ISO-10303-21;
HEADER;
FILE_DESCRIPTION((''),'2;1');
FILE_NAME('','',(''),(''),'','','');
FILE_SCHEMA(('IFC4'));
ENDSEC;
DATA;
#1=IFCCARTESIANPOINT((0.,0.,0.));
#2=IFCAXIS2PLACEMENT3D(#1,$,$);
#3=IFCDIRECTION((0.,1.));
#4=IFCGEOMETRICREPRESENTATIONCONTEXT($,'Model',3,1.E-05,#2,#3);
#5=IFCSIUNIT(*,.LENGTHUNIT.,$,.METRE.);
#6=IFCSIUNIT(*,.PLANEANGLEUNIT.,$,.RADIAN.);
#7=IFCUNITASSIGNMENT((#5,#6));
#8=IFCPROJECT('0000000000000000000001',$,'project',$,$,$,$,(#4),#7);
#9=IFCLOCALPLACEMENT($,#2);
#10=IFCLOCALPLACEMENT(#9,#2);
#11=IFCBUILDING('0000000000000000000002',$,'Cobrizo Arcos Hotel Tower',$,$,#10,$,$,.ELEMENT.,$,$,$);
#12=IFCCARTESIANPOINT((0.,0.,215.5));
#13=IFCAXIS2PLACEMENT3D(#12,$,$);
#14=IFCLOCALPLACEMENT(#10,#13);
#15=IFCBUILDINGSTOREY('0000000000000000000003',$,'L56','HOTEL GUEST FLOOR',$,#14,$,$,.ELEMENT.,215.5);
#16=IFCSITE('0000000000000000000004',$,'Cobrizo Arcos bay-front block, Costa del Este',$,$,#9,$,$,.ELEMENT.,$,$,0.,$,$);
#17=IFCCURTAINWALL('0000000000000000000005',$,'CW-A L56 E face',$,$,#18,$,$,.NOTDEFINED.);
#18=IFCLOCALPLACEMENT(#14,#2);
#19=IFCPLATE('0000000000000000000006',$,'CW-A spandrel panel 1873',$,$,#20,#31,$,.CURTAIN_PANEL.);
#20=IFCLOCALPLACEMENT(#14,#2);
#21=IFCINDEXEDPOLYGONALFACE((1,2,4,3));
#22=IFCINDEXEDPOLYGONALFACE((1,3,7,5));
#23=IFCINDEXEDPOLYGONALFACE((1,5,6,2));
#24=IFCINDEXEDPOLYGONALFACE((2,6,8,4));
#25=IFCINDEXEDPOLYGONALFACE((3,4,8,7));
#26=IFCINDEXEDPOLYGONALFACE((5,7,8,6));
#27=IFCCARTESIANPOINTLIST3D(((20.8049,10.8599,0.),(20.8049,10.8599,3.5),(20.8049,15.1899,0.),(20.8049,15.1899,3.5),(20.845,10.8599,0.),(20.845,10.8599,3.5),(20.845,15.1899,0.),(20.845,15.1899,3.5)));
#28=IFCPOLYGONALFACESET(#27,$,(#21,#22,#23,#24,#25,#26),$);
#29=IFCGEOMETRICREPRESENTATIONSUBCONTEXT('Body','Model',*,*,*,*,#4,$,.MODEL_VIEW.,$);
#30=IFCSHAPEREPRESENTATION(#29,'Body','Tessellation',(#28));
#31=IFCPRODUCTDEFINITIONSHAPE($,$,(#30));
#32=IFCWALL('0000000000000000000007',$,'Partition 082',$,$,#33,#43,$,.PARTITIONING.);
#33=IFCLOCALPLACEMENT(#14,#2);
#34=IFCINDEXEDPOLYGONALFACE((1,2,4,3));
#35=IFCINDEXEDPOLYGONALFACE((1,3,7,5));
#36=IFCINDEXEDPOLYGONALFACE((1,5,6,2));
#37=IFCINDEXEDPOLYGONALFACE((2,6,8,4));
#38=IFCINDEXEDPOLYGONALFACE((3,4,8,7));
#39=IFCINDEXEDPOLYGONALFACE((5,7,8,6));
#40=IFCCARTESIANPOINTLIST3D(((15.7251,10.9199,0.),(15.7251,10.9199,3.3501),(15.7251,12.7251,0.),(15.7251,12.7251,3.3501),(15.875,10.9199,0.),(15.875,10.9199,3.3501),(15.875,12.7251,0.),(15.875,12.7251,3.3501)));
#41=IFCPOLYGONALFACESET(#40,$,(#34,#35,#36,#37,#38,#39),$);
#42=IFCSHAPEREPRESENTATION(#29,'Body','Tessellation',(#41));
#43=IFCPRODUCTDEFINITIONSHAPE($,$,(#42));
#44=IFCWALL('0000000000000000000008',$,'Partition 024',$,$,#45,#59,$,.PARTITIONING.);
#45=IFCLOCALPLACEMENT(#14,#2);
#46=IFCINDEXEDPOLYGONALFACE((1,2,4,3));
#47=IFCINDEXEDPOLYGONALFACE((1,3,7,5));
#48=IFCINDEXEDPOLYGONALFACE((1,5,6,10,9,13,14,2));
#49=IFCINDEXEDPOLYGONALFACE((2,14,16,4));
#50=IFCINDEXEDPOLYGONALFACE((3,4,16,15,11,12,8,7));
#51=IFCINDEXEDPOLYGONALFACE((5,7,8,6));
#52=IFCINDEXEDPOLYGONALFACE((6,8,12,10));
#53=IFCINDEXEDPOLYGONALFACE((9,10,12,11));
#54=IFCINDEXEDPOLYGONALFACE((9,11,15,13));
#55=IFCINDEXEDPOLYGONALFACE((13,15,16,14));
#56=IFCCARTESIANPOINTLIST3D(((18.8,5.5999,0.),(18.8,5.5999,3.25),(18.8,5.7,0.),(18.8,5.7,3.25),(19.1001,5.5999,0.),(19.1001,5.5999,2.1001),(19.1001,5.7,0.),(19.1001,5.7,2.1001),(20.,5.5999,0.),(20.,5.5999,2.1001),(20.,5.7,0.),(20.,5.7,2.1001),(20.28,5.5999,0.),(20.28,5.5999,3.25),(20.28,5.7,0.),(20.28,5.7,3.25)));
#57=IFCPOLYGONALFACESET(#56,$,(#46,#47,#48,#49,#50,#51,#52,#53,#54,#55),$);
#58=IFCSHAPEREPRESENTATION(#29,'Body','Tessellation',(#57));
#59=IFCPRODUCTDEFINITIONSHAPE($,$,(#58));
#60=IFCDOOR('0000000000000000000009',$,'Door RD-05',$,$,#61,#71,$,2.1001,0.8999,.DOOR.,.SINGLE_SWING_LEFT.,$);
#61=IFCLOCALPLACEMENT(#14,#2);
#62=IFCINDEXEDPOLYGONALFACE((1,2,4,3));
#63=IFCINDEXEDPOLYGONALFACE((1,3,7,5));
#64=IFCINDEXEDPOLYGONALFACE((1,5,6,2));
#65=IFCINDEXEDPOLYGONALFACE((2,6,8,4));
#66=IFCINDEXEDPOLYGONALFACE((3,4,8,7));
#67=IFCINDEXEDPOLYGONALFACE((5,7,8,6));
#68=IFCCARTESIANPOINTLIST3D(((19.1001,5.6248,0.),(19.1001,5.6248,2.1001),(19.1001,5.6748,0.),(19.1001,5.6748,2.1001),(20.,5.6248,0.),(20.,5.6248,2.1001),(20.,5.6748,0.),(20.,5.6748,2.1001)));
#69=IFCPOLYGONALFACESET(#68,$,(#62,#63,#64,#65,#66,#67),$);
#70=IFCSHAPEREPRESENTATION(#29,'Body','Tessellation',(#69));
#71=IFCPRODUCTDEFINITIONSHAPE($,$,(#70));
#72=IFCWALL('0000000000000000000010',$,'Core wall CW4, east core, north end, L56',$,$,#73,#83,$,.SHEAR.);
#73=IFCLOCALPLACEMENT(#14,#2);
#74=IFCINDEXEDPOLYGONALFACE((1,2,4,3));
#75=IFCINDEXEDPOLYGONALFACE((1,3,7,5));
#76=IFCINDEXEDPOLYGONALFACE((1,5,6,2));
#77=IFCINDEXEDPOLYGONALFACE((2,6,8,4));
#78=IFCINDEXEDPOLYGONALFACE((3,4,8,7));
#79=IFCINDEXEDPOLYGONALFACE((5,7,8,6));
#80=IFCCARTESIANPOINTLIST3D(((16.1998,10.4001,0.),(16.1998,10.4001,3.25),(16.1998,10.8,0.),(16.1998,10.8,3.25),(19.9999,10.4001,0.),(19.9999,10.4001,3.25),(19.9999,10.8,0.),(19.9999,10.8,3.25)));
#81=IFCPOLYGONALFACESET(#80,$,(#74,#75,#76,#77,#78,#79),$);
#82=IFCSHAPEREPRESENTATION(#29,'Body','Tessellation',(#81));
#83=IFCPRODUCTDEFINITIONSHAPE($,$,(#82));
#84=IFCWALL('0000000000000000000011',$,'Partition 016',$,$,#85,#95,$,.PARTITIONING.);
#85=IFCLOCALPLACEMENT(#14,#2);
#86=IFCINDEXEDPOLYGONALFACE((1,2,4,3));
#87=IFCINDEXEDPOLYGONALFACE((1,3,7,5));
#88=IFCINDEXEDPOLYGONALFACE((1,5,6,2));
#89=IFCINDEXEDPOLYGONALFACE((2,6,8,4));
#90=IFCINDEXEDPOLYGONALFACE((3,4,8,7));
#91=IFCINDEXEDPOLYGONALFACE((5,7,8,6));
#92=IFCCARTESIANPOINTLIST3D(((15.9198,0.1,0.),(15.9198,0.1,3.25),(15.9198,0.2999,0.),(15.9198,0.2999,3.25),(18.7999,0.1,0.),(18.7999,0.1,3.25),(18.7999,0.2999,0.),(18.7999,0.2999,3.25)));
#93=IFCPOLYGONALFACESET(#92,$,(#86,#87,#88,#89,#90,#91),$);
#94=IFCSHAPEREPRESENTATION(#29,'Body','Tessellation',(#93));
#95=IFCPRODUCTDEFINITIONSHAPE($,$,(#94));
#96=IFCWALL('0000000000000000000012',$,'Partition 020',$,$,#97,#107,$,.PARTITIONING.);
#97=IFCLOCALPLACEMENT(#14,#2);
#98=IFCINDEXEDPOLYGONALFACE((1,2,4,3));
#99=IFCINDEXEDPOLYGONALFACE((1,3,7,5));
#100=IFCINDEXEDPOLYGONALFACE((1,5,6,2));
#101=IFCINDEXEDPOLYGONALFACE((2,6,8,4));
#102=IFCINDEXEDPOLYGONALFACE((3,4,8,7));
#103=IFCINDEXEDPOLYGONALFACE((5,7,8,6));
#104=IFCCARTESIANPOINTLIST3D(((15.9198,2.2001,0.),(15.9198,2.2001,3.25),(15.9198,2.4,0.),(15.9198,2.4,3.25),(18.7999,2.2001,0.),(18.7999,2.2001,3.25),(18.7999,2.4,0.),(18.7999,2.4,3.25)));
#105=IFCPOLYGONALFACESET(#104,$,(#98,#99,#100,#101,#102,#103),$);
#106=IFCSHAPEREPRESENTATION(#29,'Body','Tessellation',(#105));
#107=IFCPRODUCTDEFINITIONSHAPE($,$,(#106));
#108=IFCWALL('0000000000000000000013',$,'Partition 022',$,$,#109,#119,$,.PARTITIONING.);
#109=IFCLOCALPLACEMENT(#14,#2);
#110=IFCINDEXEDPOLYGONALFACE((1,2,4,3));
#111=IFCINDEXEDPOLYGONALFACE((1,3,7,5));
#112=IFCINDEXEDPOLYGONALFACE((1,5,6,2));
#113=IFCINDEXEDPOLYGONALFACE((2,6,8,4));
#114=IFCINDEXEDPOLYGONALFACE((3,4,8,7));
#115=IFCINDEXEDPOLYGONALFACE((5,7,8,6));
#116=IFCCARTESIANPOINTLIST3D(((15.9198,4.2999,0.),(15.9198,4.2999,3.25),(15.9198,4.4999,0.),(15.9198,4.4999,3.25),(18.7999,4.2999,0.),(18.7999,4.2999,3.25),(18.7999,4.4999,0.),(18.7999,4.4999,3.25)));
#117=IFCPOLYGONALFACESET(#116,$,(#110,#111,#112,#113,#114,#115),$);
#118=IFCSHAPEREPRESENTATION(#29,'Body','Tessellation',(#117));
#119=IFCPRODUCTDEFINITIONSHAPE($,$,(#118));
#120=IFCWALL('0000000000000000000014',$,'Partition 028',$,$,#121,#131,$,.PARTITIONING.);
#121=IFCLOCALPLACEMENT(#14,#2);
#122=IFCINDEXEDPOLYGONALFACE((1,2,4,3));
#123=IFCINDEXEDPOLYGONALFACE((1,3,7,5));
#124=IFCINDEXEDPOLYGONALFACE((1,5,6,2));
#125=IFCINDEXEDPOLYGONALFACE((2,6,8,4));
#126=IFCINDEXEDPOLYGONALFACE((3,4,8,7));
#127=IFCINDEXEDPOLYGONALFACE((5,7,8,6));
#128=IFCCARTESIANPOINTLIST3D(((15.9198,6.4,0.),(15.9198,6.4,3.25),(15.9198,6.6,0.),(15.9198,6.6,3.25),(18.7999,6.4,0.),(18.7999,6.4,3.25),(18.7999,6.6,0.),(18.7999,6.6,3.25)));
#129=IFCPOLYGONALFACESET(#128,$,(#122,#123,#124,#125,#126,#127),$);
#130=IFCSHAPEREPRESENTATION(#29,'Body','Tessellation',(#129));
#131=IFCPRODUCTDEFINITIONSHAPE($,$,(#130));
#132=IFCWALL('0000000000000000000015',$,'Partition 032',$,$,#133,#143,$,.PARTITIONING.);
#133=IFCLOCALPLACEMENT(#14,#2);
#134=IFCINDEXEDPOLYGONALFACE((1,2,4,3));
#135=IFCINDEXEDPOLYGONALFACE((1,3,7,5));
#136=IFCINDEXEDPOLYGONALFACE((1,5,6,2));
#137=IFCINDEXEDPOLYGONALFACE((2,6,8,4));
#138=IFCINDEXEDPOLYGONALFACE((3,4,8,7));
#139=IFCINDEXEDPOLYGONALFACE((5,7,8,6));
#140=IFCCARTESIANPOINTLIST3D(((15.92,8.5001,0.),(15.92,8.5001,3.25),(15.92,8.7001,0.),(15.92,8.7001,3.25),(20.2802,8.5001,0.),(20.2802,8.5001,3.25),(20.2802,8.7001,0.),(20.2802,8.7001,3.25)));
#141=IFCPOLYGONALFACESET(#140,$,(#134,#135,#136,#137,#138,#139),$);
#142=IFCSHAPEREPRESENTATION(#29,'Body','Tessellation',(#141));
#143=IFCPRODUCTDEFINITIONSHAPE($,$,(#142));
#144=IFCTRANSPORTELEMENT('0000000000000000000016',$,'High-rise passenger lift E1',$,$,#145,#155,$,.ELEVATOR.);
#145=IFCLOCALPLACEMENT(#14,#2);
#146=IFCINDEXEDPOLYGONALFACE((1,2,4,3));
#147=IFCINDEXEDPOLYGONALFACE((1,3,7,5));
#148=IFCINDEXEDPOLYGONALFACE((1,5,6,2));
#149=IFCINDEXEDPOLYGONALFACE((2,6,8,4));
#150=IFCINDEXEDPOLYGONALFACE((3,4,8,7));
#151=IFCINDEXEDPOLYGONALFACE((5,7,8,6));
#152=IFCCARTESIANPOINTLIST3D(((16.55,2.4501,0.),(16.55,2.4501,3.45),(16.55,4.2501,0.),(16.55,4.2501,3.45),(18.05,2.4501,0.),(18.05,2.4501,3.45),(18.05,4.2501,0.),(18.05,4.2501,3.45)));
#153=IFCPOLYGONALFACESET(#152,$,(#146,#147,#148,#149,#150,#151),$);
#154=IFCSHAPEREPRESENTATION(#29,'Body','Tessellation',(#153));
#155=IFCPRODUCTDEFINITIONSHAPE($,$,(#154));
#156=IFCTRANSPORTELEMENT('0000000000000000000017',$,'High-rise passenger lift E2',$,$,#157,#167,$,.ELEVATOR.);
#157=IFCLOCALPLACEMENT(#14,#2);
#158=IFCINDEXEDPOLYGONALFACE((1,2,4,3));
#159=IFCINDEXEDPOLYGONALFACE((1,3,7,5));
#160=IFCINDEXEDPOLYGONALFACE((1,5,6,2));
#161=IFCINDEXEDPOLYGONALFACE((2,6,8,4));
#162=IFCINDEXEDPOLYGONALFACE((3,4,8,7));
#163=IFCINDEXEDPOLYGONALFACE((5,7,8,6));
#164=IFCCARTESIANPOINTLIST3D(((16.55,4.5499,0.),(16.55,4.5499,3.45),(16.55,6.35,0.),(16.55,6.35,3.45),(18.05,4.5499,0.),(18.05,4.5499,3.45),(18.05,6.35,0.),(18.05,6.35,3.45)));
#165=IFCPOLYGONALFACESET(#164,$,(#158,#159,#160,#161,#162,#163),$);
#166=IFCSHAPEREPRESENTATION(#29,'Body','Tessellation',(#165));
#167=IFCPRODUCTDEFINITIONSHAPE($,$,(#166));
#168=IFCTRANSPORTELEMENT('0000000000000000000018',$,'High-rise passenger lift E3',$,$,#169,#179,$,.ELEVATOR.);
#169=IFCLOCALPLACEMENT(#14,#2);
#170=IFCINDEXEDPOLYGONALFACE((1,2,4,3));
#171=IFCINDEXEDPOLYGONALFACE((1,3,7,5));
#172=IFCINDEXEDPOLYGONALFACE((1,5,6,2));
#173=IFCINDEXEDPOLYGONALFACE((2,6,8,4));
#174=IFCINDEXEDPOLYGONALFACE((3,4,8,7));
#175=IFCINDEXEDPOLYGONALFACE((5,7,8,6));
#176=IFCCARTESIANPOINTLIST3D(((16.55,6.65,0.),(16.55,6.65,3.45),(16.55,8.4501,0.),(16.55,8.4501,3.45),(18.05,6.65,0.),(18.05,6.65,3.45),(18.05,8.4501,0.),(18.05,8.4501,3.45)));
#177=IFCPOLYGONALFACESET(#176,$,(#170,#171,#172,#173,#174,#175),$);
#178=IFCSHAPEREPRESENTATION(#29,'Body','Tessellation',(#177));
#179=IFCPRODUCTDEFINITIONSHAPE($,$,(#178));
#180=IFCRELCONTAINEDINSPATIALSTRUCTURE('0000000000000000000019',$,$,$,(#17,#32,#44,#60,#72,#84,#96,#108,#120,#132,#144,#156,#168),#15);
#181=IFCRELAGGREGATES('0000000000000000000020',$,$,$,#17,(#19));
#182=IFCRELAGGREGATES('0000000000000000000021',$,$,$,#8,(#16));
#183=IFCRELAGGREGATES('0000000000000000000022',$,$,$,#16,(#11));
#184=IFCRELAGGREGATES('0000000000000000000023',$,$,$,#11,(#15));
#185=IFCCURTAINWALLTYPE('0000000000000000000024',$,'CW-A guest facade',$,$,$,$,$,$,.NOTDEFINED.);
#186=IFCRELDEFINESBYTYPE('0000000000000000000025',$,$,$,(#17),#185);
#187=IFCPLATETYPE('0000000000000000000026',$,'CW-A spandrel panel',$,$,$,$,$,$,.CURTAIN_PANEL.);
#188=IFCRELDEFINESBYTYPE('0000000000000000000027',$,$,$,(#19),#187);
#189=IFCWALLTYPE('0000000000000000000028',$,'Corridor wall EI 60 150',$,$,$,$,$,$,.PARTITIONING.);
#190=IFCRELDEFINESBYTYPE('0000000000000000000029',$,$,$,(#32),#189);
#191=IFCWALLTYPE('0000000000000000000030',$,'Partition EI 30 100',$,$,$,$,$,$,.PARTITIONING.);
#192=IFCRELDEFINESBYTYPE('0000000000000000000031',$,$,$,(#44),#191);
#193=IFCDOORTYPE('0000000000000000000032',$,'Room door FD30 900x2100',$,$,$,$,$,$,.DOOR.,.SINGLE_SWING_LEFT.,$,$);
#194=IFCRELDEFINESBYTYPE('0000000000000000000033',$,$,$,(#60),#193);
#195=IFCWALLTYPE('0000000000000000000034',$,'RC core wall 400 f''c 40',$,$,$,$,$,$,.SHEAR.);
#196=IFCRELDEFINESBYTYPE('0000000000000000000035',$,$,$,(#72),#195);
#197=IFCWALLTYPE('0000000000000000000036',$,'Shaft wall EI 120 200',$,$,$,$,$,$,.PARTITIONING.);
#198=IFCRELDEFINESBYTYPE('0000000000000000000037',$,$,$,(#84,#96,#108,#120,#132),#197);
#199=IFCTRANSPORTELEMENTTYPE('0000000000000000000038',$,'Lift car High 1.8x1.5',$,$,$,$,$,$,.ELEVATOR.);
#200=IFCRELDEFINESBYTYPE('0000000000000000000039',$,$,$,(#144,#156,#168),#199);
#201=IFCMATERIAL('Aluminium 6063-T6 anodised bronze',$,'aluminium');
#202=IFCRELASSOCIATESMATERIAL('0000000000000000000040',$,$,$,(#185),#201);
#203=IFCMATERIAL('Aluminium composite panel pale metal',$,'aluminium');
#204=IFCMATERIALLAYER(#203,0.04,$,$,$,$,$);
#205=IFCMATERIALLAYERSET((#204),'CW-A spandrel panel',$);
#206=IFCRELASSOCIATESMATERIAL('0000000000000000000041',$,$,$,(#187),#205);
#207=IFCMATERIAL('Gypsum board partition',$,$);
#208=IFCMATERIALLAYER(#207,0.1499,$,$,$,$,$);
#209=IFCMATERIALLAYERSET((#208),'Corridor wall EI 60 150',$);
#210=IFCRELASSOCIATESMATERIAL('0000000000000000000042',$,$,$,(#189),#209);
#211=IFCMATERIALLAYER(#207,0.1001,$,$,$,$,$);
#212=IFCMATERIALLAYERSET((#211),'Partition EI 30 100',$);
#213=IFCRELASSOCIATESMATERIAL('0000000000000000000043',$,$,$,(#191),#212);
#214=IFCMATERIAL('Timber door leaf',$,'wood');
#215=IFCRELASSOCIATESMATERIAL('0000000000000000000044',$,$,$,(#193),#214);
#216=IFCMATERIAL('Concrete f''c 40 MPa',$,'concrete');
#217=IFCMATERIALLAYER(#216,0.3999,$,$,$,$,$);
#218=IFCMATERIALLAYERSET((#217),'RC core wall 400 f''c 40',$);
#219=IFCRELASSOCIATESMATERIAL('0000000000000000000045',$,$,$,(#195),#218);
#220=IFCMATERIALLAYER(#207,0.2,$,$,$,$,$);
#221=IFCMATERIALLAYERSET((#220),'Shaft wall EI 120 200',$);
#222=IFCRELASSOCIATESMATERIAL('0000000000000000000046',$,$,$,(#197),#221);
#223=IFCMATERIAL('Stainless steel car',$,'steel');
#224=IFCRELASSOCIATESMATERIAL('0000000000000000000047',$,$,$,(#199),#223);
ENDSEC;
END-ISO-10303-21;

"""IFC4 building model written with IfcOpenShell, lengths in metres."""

from ifc_helpers import new_model, si_unit, direction, frame, frame_2d, origin, origin_2d, place, context, subcontext, project, spatial, rectangle, extrude, material, layer, layer_set, type_object, element, fill, aggregate, save


model = new_model("IFC4")

# Units and contexts
model_context = context("Model", 3, precision=1e-05, world=origin(), true_north=direction((0.0, 1.0)))
body_context = subcontext(model_context, "Body", "Model", "MODEL_VIEW")
ifc_project = project(units=[si_unit("LENGTHUNIT", "METRE"), si_unit("PLANEANGLEUNIT", "RADIAN")], contexts=[model_context])

# Site, building, storey
site_placement = place(None, origin())
site = spatial("IfcSite", under=ifc_project, at=site_placement, Name="Cobrizo Arcos bay-front block, Costa del Este", CompositionType="ELEMENT", RefElevation=0.0)
building_placement = place(site_placement, origin())
building = spatial("IfcBuilding", under=site, at=building_placement, Name="Cobrizo Arcos Hotel Tower", CompositionType="ELEMENT")
storey_placement = place(building_placement, frame((0.0, 0.0, 215.5)))
storey = spatial("IfcBuildingStorey", under=building, at=storey_placement, Name="L56", Description="HOTEL GUEST FLOOR", CompositionType="ELEMENT", Elevation=215.5)

# Curtain wall
ifc_material_1 = material(Name="Aluminium 6063-T6 anodised bronze", Category="aluminium")
curtain_wall_type = type_object("IfcCurtainWallType", Name="CW-A guest facade", PredefinedType="NOTDEFINED", material=ifc_material_1)
curtain_wall_placement = place(storey_placement, origin())
curtain_wall = element("IfcCurtainWall", 1, at=curtain_wall_placement, inside=storey, type_object=curtain_wall_type, Name="CW-A L56 E face", PredefinedType="NOTDEFINED")

# Plate
ifc_material_2 = material(Name="Aluminium composite panel pale metal", Category="aluminium")
ifc_layer_1 = layer(ifc_material_2, 0.04)
ifc_layer_set_1 = layer_set([ifc_layer_1], Name="CW-A spandrel panel")
plate_type = type_object("IfcPlateType", Name="CW-A spandrel panel", PredefinedType="CURTAIN_PANEL", material=ifc_layer_set_1)
plate_placement = place(storey_placement, frame((20.825, 13.0249, 0.0), z_axis=(0.0, 0.0, 1.0), x_axis=(0.0, 1.0, 0.0)))
plate = element("IfcPlate", 2, at=plate_placement, type_object=plate_type, Name="CW-A spandrel panel 1873", PredefinedType="CURTAIN_PANEL", context=body_context, shape_type="SweptSolid", body=[
    extrude(rectangle(XDim=4.3301, YDim=0.04, at=origin_2d()), origin(), (0.0, 0.0, 1.0), 3.5),
])
aggregate(curtain_wall, [plate])

# Wall
ifc_material_3 = material(Name="Gypsum board partition")
ifc_layer_2 = layer(ifc_material_3, 0.1499)
ifc_layer_set_2 = layer_set([ifc_layer_2], Name="Corridor wall EI 60 150")
wall_type_1 = type_object("IfcWallType", Name="Corridor wall EI 60 150", PredefinedType="PARTITIONING", material=ifc_layer_set_2)
wall_1_placement = place(storey_placement, frame((15.8, 10.9199, 0.0), z_axis=(0.0, 0.0, 1.0), x_axis=(0.0, 1.0, 0.0)))
element("IfcWall", 3, at=wall_1_placement, inside=storey, type_object=wall_type_1, Name="Partition 082", PredefinedType="PARTITIONING", context=body_context, shape_type="SweptSolid", body=[
    extrude(rectangle(XDim=1.8052, YDim=0.1499, at=frame_2d((0.9026, 0.0))), origin(), (0.0, 0.0, 1.0), 3.3501),
])

# Wall, opening, door
ifc_layer_3 = layer(ifc_material_3, 0.1001)
ifc_layer_set_3 = layer_set([ifc_layer_3], Name="Partition EI 30 100")
wall_type_2 = type_object("IfcWallType", Name="Partition EI 30 100", PredefinedType="PARTITIONING", material=ifc_layer_set_3)
wall_2_placement = place(storey_placement, frame((18.8, 5.6499, 0.0), z_axis=(0.0, 0.0, 1.0), x_axis=(1.0, 0.0, 0.0)))
wall_2 = element("IfcWall", 4, at=wall_2_placement, inside=storey, type_object=wall_type_2, Name="Partition 024", PredefinedType="PARTITIONING", context=body_context, shape_type="SweptSolid", body=[
    extrude(rectangle(XDim=1.48, YDim=0.1001, at=frame_2d((0.74, 0.0))), origin(), (0.0, 0.0, 1.0), 3.25),
])
opening_placement = place(wall_2_placement, frame((0.3, 0.0, 0.0)))
opening = element("IfcOpeningElement", 5, at=opening_placement, cuts=wall_2, PredefinedType="OPENING", context=body_context, shape_type="SweptSolid", body=[
    extrude(rectangle(XDim=0.8999, YDim=2.1001, at=frame_2d((0.45, 1.05))), frame((0.0, 0.062, 0.0), z_axis=(0.0, -1.0, 0.0), x_axis=(1.0, 0.0, 0.0)), (0.0, 0.0, 1.0), 0.124),
])
ifc_material_4 = material(Name="Timber door leaf", Category="wood")
door_type = type_object("IfcDoorType", Name="Room door FD30 900x2100", OperationType="SINGLE_SWING_LEFT", PredefinedType="DOOR", material=ifc_material_4)
door_placement = place(opening_placement, origin())
door = element("IfcDoor", 6, at=door_placement, inside=storey, type_object=door_type, Name="Door RD-05", OperationType="SINGLE_SWING_LEFT", OverallHeight=2.1001, OverallWidth=0.8999, PredefinedType="DOOR", context=body_context, shape_type="SweptSolid", body=[
    extrude(rectangle(XDim=0.8999, YDim=2.1001, at=frame_2d((0.45, 1.05))), frame((0.0, 0.0249, 0.0), z_axis=(0.0, -1.0, 0.0), x_axis=(1.0, 0.0, 0.0)), (0.0, 0.0, 1.0), 0.05),
])
fill(opening, door)

# Walls
ifc_material_5 = material(Name="Concrete f'c 40 MPa", Category="concrete")
ifc_layer_4 = layer(ifc_material_5, 0.3999)
ifc_layer_set_4 = layer_set([ifc_layer_4], Name="RC core wall 400 f'c 40")
wall_type_3 = type_object("IfcWallType", Name="RC core wall 400 f'c 40", PredefinedType="SHEAR", material=ifc_layer_set_4)
wall_3_placement = place(storey_placement, frame((16.2, 10.6001, 0.0), z_axis=(0.0, 0.0, 1.0), x_axis=(1.0, 0.0, 0.0)))
element("IfcWall", 7, at=wall_3_placement, inside=storey, type_object=wall_type_3, Name="Core wall CW4, east core, north end, L56", PredefinedType="SHEAR", context=body_context, shape_type="SweptSolid", body=[
    extrude(rectangle(XDim=3.8, YDim=0.3999, at=frame_2d((1.8999, 0.0))), origin(), (0.0, 0.0, 1.0), 3.25),
])
ifc_layer_5 = layer(ifc_material_3, 0.2)
ifc_layer_set_5 = layer_set([ifc_layer_5], Name="Shaft wall EI 120 200")
wall_type_4 = type_object("IfcWallType", Name="Shaft wall EI 120 200", PredefinedType="PARTITIONING", material=ifc_layer_set_5)
for number, where, z_axis, x_axis, name in (
    (8, (15.9199, 0.2, 0.0), (0.0, 0.0, 1.0), (1.0, 0.0, 0.0), "Partition 016"),
    (9, (15.9199, 2.3, 0.0), (0.0, 0.0, 1.0), (1.0, 0.0, 0.0), "Partition 020"),
    (10, (15.9199, 4.3999, 0.0), (0.0, 0.0, 1.0), (1.0, 0.0, 0.0), "Partition 022"),
    (11, (15.9199, 6.5, 0.0), (0.0, 0.0, 1.0), (1.0, 0.0, 0.0), "Partition 028"),
):
    element("IfcWall", number, at=place(storey_placement, frame(where, z_axis=z_axis, x_axis=x_axis)), inside=storey, type_object=wall_type_4, Name=name, PredefinedType="PARTITIONING", context=body_context, shape_type="SweptSolid", body=[
        extrude(rectangle(XDim=2.8801, YDim=0.2, at=frame_2d((1.4399, 0.0))), origin(), (0.0, 0.0, 1.0), 3.25),
    ])
wall_4_placement = place(storey_placement, frame((15.9199, 8.6001, 0.0), z_axis=(0.0, 0.0, 1.0), x_axis=(1.0, 0.0, 0.0)))
element("IfcWall", 12, at=wall_4_placement, inside=storey, type_object=wall_type_4, Name="Partition 032", PredefinedType="PARTITIONING", context=body_context, shape_type="SweptSolid", body=[
    extrude(rectangle(XDim=4.3601, YDim=0.2, at=frame_2d((2.1802, 0.0))), origin(), (0.0, 0.0, 1.0), 3.25),
])

# Transport elements
ifc_material_6 = material(Name="Stainless steel car", Category="steel")
transport_element_type = type_object("IfcTransportElementType", Name="Lift car High 1.8x1.5", PredefinedType="ELEVATOR", material=ifc_material_6)
for number, where, z_axis, x_axis, name in (
    (13, (17.3, 3.3501, 0.0), (0.0, 0.0, 1.0), (1.0, 0.0, 0.0), "High-rise passenger lift E1"),
    (14, (17.3, 5.45, 0.0), (0.0, 0.0, 1.0), (1.0, 0.0, 0.0), "High-rise passenger lift E2"),
    (15, (17.3, 7.55, 0.0), (0.0, 0.0, 1.0), (1.0, 0.0, 0.0), "High-rise passenger lift E3"),
):
    element("IfcTransportElement", number, at=place(storey_placement, frame(where, z_axis=z_axis, x_axis=x_axis)), inside=storey, type_object=transport_element_type, Name=name, PredefinedType="ELEVATOR", context=body_context, shape_type="SweptSolid", body=[
        extrude(rectangle(XDim=1.5, YDim=1.8, at=origin_2d()), origin(), (0.0, 0.0, 1.0), 3.45),
    ])

save(model, "model.ifc")
